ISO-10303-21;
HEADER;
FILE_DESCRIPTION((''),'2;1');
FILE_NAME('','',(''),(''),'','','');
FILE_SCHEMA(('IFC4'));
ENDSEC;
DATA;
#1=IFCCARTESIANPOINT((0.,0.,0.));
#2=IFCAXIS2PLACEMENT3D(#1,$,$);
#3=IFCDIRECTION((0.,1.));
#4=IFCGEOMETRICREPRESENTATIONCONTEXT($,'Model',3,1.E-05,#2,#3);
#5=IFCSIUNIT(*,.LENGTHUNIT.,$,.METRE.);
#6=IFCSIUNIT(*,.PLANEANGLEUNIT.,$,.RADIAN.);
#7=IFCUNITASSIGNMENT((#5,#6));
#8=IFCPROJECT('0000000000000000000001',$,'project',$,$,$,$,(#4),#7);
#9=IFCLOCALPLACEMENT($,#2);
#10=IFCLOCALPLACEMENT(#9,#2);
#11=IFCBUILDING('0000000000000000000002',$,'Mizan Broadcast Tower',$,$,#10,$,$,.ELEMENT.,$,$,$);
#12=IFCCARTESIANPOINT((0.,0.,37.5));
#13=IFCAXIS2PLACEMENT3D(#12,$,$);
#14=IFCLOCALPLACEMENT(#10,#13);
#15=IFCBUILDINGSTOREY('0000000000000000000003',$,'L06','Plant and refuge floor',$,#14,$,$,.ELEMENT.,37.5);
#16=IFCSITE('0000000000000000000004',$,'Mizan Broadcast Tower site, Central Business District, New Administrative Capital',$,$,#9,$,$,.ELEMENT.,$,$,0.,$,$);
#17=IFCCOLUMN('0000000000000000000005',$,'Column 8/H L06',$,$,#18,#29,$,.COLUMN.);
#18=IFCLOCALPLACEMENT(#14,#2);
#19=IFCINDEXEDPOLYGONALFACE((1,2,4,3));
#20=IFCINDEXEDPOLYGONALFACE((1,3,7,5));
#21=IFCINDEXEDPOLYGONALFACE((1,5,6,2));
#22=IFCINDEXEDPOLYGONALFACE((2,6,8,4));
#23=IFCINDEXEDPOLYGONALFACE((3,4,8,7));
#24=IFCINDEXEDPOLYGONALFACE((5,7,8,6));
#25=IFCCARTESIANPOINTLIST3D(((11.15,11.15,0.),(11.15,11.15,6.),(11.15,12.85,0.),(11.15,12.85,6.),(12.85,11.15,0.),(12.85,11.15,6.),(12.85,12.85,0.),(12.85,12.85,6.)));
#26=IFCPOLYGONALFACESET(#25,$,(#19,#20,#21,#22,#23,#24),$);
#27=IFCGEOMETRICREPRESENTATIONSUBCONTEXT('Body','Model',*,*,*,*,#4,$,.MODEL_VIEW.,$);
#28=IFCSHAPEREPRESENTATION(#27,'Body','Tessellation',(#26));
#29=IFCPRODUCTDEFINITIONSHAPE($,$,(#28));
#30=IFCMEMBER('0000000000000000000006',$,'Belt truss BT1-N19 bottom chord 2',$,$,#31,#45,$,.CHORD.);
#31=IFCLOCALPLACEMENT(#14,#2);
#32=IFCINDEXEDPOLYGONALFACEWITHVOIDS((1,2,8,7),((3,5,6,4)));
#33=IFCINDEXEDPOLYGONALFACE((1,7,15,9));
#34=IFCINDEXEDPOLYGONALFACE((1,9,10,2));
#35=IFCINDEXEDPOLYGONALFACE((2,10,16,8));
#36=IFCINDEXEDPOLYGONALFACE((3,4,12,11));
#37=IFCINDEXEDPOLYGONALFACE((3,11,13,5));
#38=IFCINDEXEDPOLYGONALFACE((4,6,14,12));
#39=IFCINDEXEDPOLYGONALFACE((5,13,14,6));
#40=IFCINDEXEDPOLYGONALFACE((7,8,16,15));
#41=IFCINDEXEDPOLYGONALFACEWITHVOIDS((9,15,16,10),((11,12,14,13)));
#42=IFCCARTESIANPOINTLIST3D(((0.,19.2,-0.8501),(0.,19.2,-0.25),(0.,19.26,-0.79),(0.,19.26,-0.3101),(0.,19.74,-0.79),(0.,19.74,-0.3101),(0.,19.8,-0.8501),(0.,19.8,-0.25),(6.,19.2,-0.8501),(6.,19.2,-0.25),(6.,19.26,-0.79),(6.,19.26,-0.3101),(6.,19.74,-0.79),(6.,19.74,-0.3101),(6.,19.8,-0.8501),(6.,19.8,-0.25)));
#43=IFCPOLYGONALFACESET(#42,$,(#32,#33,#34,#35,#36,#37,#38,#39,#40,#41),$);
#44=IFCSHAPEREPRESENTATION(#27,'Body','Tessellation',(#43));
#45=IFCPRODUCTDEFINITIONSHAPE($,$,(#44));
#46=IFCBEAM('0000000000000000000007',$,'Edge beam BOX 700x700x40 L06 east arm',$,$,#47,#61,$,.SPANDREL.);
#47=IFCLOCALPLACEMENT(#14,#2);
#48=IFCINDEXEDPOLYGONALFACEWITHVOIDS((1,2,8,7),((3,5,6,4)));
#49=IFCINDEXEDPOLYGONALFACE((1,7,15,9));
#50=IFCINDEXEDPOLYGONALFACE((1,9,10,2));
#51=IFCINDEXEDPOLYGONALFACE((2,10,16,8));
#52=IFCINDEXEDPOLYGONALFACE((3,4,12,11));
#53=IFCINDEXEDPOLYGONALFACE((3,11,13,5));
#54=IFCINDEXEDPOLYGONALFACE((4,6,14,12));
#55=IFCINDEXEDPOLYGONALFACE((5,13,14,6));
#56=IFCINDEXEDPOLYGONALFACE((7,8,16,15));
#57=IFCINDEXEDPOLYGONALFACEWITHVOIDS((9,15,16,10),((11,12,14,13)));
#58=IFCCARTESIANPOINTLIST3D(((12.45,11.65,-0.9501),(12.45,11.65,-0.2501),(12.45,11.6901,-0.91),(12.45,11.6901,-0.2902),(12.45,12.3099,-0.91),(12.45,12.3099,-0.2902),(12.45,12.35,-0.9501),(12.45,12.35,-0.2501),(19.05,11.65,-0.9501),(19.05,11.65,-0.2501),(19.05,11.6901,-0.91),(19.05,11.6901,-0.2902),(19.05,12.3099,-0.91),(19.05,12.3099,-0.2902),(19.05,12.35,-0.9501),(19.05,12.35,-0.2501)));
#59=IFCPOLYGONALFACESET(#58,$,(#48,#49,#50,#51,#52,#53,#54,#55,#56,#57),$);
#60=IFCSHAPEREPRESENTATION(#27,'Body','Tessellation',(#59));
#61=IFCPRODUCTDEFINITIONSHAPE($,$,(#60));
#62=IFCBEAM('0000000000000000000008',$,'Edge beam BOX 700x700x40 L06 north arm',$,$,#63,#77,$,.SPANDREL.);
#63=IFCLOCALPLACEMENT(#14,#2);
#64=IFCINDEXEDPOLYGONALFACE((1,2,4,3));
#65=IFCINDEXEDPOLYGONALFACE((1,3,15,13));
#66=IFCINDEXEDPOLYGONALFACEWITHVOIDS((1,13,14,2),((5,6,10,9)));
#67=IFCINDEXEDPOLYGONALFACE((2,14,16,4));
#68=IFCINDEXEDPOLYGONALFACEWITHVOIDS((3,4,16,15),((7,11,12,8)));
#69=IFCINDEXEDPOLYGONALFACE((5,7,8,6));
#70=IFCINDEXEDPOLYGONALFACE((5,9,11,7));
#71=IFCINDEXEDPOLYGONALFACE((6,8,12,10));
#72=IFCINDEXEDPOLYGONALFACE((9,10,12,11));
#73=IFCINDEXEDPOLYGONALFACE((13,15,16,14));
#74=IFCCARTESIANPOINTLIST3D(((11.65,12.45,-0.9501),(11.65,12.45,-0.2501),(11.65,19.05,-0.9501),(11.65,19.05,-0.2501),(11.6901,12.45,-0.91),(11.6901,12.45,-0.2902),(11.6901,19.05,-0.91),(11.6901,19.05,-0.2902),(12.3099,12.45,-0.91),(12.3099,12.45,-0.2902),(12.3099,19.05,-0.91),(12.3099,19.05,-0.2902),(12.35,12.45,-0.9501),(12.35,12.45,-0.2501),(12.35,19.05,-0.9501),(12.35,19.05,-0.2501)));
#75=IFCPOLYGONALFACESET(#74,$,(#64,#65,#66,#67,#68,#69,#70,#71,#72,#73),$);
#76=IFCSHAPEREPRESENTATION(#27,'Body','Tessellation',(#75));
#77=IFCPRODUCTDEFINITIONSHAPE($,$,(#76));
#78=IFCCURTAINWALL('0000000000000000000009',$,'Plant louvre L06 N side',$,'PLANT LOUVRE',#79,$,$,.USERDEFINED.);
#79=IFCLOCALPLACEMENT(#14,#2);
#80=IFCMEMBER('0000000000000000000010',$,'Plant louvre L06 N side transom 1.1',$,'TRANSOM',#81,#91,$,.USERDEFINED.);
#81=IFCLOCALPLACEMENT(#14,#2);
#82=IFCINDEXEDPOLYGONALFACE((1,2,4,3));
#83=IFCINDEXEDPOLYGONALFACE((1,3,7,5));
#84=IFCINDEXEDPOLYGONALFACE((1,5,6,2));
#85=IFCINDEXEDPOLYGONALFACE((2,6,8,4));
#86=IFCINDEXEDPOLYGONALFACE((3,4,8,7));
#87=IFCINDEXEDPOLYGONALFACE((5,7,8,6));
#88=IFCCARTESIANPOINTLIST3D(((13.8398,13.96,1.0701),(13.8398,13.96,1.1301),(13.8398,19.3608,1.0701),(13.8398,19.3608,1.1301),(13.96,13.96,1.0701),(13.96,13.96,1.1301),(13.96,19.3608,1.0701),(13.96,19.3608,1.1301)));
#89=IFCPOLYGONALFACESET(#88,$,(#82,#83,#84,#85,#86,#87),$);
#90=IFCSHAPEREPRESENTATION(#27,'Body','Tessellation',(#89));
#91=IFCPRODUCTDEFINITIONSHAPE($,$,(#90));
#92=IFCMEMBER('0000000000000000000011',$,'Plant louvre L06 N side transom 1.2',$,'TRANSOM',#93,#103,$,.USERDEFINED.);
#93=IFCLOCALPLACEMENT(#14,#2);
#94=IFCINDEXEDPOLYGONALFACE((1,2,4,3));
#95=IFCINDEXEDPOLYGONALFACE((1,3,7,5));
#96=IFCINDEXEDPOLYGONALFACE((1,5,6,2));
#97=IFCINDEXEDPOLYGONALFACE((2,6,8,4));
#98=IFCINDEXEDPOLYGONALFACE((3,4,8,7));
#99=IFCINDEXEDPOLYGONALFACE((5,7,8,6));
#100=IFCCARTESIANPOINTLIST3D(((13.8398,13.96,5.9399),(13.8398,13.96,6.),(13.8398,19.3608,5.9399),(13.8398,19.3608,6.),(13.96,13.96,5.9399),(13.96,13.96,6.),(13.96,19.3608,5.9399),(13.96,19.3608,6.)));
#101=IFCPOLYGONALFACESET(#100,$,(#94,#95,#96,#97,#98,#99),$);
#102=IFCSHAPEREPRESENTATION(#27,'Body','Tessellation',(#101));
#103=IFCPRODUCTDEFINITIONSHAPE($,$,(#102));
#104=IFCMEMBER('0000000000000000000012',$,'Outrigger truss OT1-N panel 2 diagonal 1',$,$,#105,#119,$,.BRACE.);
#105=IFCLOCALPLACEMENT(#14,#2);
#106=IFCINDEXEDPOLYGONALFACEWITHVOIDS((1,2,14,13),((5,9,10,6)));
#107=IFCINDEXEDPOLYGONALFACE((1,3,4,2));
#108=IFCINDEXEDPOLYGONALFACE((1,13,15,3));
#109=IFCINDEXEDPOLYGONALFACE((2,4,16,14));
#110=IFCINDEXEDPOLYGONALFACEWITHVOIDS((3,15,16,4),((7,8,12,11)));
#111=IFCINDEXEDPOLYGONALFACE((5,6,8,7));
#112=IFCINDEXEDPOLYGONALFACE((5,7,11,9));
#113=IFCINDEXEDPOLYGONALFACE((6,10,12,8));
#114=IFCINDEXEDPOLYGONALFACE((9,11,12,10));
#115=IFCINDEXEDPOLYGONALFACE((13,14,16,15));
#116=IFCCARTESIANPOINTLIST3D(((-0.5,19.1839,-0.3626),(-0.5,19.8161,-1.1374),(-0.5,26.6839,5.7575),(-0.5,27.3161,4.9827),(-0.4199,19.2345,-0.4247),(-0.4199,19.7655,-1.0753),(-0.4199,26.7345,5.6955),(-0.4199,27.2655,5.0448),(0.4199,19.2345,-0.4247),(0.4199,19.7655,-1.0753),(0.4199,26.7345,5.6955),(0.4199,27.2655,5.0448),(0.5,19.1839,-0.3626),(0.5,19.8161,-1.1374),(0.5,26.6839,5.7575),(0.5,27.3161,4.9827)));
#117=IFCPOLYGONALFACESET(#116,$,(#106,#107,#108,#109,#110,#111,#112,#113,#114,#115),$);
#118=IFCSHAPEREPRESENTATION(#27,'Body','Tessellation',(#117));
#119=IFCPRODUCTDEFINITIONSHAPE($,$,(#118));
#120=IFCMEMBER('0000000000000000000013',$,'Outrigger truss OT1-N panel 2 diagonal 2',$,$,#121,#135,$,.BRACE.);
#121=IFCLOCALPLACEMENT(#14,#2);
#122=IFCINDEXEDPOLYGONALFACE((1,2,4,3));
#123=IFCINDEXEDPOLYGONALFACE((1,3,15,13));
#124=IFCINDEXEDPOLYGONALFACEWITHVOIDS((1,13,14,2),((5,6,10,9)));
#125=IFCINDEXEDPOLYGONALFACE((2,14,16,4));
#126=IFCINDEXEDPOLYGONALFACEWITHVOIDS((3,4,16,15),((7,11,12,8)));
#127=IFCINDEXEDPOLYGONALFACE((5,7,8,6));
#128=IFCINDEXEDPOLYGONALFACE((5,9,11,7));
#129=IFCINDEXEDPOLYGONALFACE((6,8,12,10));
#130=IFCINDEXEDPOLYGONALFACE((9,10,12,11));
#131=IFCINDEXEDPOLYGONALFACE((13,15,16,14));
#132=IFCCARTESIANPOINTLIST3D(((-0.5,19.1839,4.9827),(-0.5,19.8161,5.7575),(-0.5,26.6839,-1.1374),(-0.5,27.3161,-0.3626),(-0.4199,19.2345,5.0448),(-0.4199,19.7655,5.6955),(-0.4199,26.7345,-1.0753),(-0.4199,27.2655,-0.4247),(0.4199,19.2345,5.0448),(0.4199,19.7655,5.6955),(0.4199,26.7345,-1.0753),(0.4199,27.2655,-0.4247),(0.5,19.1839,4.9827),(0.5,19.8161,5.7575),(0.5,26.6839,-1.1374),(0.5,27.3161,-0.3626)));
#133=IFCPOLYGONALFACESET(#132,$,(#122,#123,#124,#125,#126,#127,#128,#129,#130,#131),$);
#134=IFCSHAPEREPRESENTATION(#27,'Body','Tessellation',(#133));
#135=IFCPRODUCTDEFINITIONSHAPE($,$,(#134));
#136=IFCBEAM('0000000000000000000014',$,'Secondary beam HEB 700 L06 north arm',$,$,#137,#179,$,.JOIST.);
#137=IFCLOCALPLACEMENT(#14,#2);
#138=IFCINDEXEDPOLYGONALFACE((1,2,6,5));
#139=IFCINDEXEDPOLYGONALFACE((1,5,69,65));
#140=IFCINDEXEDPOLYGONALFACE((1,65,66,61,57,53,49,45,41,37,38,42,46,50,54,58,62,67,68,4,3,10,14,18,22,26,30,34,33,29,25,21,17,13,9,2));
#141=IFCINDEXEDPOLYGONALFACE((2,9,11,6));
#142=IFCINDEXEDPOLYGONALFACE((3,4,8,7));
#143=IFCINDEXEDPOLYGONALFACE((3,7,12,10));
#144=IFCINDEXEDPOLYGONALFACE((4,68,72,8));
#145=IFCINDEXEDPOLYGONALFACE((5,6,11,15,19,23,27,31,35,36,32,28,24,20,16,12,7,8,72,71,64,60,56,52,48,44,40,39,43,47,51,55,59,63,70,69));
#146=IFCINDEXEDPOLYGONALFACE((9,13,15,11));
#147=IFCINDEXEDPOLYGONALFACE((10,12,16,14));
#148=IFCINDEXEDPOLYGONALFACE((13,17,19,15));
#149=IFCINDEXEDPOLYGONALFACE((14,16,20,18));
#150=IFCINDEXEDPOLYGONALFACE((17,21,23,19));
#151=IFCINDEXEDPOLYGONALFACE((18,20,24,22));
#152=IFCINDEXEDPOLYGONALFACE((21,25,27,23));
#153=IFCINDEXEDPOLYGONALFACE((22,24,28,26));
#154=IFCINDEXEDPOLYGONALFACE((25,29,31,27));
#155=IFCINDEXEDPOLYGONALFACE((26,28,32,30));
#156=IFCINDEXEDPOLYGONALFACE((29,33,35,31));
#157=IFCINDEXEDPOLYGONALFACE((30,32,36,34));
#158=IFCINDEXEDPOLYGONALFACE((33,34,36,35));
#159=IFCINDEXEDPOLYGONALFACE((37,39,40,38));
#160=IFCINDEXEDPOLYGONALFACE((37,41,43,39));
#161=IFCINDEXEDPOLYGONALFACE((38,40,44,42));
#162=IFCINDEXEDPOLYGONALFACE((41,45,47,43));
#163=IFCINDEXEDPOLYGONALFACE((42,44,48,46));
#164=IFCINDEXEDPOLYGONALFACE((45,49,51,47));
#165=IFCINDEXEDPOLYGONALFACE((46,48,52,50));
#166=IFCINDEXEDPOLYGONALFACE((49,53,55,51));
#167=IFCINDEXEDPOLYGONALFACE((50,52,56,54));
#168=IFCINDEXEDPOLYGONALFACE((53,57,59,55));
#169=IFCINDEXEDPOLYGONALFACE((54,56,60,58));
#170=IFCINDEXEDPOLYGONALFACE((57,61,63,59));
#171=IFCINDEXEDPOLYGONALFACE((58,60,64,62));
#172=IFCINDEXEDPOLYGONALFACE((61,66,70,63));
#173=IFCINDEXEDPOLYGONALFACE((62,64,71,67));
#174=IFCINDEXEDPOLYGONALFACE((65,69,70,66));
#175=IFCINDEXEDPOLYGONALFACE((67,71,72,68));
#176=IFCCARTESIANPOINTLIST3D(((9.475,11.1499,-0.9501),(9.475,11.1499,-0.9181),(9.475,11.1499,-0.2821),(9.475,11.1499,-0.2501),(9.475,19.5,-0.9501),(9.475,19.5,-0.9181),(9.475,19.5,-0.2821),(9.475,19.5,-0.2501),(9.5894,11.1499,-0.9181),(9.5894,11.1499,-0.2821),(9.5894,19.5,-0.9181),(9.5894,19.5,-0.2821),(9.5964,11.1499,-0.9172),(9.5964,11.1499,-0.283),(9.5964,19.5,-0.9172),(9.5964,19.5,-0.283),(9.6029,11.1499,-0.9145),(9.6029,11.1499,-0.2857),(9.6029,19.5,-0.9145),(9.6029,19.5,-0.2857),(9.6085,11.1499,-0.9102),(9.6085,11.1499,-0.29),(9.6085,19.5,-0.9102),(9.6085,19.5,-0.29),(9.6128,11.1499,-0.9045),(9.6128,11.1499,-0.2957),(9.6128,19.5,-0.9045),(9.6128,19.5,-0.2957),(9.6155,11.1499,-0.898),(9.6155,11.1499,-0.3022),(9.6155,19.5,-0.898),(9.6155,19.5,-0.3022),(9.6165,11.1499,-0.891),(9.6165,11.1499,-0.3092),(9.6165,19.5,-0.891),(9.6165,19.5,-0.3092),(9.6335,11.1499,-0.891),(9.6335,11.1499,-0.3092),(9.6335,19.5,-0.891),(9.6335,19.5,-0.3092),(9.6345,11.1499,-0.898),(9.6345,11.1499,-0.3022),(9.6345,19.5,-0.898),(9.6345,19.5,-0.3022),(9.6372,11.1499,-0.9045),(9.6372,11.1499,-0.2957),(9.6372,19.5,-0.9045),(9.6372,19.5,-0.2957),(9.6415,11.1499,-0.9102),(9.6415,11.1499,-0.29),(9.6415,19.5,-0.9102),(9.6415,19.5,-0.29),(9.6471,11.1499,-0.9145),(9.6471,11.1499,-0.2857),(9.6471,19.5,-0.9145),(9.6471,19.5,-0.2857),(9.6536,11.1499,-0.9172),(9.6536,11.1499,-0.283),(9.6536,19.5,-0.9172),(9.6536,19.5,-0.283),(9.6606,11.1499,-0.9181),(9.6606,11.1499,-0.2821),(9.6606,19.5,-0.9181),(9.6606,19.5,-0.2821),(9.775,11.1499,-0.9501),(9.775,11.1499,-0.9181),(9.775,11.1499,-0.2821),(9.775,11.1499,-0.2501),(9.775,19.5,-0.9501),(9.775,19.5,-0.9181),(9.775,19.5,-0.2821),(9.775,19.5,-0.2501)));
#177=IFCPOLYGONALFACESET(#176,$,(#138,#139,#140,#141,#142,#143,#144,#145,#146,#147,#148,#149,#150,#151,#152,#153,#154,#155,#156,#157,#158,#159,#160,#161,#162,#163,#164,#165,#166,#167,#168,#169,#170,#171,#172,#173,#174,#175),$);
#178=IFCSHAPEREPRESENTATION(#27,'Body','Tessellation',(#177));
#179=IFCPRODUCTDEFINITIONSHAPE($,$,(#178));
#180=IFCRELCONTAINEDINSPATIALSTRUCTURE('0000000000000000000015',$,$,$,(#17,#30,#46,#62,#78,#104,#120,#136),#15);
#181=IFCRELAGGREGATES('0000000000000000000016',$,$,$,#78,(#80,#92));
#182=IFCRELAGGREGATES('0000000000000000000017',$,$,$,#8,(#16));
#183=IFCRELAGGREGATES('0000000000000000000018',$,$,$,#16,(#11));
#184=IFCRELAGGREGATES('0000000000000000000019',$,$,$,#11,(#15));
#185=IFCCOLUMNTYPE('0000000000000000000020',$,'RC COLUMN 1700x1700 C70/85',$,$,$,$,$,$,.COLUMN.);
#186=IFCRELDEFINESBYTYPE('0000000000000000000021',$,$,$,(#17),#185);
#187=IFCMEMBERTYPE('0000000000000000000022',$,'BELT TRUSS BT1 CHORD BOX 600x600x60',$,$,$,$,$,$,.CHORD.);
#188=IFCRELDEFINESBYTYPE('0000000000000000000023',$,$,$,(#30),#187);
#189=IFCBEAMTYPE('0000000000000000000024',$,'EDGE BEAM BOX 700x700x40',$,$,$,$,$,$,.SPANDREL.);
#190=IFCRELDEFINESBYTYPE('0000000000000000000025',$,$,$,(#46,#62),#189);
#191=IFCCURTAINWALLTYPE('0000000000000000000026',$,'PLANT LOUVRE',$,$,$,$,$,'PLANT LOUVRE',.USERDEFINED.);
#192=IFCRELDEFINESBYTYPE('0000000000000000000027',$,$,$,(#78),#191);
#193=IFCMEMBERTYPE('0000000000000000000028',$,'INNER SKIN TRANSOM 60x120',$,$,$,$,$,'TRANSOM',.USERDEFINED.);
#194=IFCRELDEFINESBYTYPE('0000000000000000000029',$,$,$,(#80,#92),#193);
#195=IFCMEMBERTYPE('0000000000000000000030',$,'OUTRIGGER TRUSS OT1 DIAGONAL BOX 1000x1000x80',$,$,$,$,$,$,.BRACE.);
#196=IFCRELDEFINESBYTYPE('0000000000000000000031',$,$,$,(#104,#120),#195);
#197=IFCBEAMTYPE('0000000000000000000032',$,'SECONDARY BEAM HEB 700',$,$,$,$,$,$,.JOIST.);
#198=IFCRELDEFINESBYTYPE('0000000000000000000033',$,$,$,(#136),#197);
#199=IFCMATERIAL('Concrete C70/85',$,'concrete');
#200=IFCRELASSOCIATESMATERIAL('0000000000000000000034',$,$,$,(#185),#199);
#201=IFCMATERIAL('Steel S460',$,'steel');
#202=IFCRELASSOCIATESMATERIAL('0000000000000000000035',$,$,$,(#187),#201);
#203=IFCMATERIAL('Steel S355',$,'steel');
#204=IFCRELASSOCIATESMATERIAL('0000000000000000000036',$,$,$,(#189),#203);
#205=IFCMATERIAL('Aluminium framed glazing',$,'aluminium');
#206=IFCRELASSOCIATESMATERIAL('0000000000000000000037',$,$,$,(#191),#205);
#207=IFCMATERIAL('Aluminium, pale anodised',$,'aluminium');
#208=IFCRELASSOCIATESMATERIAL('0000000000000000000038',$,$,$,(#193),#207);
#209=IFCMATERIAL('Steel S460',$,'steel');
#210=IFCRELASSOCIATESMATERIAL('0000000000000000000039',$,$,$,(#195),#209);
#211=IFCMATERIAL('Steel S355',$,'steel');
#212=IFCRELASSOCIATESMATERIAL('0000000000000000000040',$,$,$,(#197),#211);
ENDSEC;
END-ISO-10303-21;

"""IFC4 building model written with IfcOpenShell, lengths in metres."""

from ifc_helpers import new_model, si_unit, direction, frame, origin, origin_2d, place, context, subcontext, project, spatial, rectangle, hollow_rectangle, i_section, extrude, material, material_profile, profile_set, type_object, element, aggregate, save


model = new_model("IFC4")

# Units and contexts
model_context = context("Model", 3, precision=1e-05, world=origin(), true_north=direction((0.0, 1.0)))
body_context = subcontext(model_context, "Body", "Model", "MODEL_VIEW")
ifc_project = project(units=[si_unit("LENGTHUNIT", "METRE"), si_unit("PLANEANGLEUNIT", "RADIAN")], contexts=[model_context])

# Site, building, storey
site_placement = place(None, origin())
site = spatial("IfcSite", under=ifc_project, at=site_placement, Name="Mizan Broadcast Tower site, Central Business District, New Administrative Capital", CompositionType="ELEMENT", RefElevation=0.0)
building_placement = place(site_placement, origin())
building = spatial("IfcBuilding", under=site, at=building_placement, Name="Mizan Broadcast Tower", CompositionType="ELEMENT")
storey_placement = place(building_placement, frame((0.0, 0.0, 37.5)))
storey = spatial("IfcBuildingStorey", under=building, at=storey_placement, Name="L06", Description="Plant and refuge floor", CompositionType="ELEMENT", Elevation=37.5)

# Column
ifc_material_1 = material(Name="Concrete C70/85", Category="concrete")
ifc_material_profile_1 = material_profile(ifc_material_1, rectangle(XDim=1.7, YDim=1.7, at=origin_2d()), Name="RC 1700x1700")
ifc_profile_set_1 = profile_set([ifc_material_profile_1], Name="Concrete C70/85")
column_type = type_object("IfcColumnType", Name="RC COLUMN 1700x1700 C70/85", PredefinedType="COLUMN", material=ifc_profile_set_1)
column_placement = place(storey_placement, frame((12.0, 12.0, 0.0), z_axis=(0.0, 0.0, 1.0), x_axis=(1.0, 0.0, 0.0)))
element("IfcColumn", 1, at=column_placement, inside=storey, type_object=column_type, Name="Column 8/H L06", PredefinedType="COLUMN", context=body_context, shape_type="SweptSolid", body=[
    extrude(rectangle(XDim=1.7, YDim=1.7, at=origin_2d()), origin(), (0.0, 0.0, 1.0), 6.0),
])

# Member
ifc_material_2 = material(Name="Steel S460", Category="steel")
ifc_material_profile_2 = material_profile(ifc_material_2, hollow_rectangle(XDim=0.6001, YDim=0.6001, WallThickness=0.0601, at=origin_2d()), Name="BOX 600x600x60")
ifc_profile_set_2 = profile_set([ifc_material_profile_2], Name="Steel S460")
member_type_1 = type_object("IfcMemberType", Name="BELT TRUSS BT1 CHORD BOX 600x600x60", PredefinedType="CHORD", material=ifc_profile_set_2)
member_1_placement = place(storey_placement, frame((6.0, 19.5, -0.55), z_axis=(-1.0, 0.0, 0.0), x_axis=(0.0, -1.0, 0.0)))
element("IfcMember", 2, at=member_1_placement, inside=storey, type_object=member_type_1, Name="Belt truss BT1-N19 bottom chord 2", PredefinedType="CHORD", context=body_context, shape_type="SweptSolid", body=[
    extrude(hollow_rectangle(XDim=0.6001, YDim=0.6001, WallThickness=0.0601, at=origin_2d()), origin(), (0.0, 0.0, 1.0), 6.0),
])

# Beams
ifc_material_3 = material(Name="Steel S355", Category="steel")
ifc_material_profile_3 = material_profile(ifc_material_3, hollow_rectangle(XDim=0.7, YDim=0.7, WallThickness=0.04, at=origin_2d()), Name="BOX 700x700x40")
ifc_profile_set_3 = profile_set([ifc_material_profile_3], Name="Steel S355")
beam_type_1 = type_object("IfcBeamType", Name="EDGE BEAM BOX 700x700x40", PredefinedType="SPANDREL", material=ifc_profile_set_3)
for number, where, z_axis, x_axis, name in (
    (3, (12.45, 12.0, -0.6001), (1.0, 0.0, 0.0), (0.0, 1.0, 0.0), "Edge beam BOX 700x700x40 L06 east arm"),
    (4, (12.0, 12.45, -0.6001), (0.0, 1.0, 0.0), (-1.0, 0.0, 0.0), "Edge beam BOX 700x700x40 L06 north arm"),
):
    element("IfcBeam", number, at=place(storey_placement, frame(where, z_axis=z_axis, x_axis=x_axis)), inside=storey, type_object=beam_type_1, Name=name, PredefinedType="SPANDREL", context=body_context, shape_type="SweptSolid", body=[
        extrude(hollow_rectangle(XDim=0.7, YDim=0.7, WallThickness=0.04, at=origin_2d()), origin(), (0.0, 0.0, 1.0), 6.6001),
    ])

# Curtain wall, members
ifc_material_4 = material(Name="Aluminium framed glazing", Category="aluminium")
curtain_wall_type = type_object("IfcCurtainWallType", Name="PLANT LOUVRE", ElementType="PLANT LOUVRE", PredefinedType="USERDEFINED", material=ifc_material_4)
curtain_wall_placement = place(storey_placement, origin())
curtain_wall = element("IfcCurtainWall", 5, at=curtain_wall_placement, inside=storey, type_object=curtain_wall_type, Name="Plant louvre L06 N side", ObjectType="PLANT LOUVRE", PredefinedType="USERDEFINED")
ifc_material_5 = material(Name="Aluminium, pale anodised", Category="aluminium")
ifc_material_profile_4 = material_profile(ifc_material_5, rectangle(XDim=0.1201, YDim=0.0601, at=origin_2d()), Name="TRANSOM 120x60")
ifc_profile_set_4 = profile_set([ifc_material_profile_4], Name="Aluminium, pale anodised")
member_type_2 = type_object("IfcMemberType", Name="INNER SKIN TRANSOM 60x120", ElementType="TRANSOM", PredefinedType="USERDEFINED", material=ifc_profile_set_4)
member_2_placement = place(storey_placement, frame((13.8999, 13.96, 1.1001), z_axis=(0.0, 1.0, 0.0), x_axis=(-1.0, 0.0, 0.0)))
member_2 = element("IfcMember", 6, at=member_2_placement, type_object=member_type_2, Name="Plant louvre L06 N side transom 1.1", ObjectType="TRANSOM", PredefinedType="USERDEFINED", context=body_context, shape_type="SweptSolid", body=[
    extrude(rectangle(XDim=0.1201, YDim=0.0601, at=origin_2d()), origin(), (0.0, 0.0, 1.0), 5.4009),
])
member_3_placement = place(storey_placement, frame((13.8999, 13.96, 5.97), z_axis=(0.0, 1.0, 0.0), x_axis=(-1.0, 0.0, 0.0)))
member_3 = element("IfcMember", 7, at=member_3_placement, type_object=member_type_2, Name="Plant louvre L06 N side transom 1.2", ObjectType="TRANSOM", PredefinedType="USERDEFINED", context=body_context, shape_type="SweptSolid", body=[
    extrude(rectangle(XDim=0.1201, YDim=0.0601, at=origin_2d()), origin(), (0.0, 0.0, 1.0), 5.4009),
])

# Members
ifc_material_6 = material(Name="Steel S460", Category="steel")
ifc_material_profile_5 = material_profile(ifc_material_6, hollow_rectangle(XDim=1.0, YDim=1.0, WallThickness=0.0801, at=origin_2d()), Name="BOX 1000x1000x80")
ifc_profile_set_5 = profile_set([ifc_material_profile_5], Name="Steel S460")
member_type_3 = type_object("IfcMemberType", Name="OUTRIGGER TRUSS OT1 DIAGONAL BOX 1000x1000x80", PredefinedType="BRACE", material=ifc_profile_set_5)
for number, where, z_axis, x_axis, name in (
    (8, (0.0, 19.5, -0.75), (0.0, 0.774779, 0.632232), (-1.0, 0.0, 0.0), "Outrigger truss OT1-N panel 2 diagonal 1"),
    (9, (0.0, 19.5, 5.3701), (0.0, 0.774779, -0.632232), (-1.0, 0.0, 0.0), "Outrigger truss OT1-N panel 2 diagonal 2"),
):
    element("IfcMember", number, at=place(storey_placement, frame(where, z_axis=z_axis, x_axis=x_axis)), inside=storey, type_object=member_type_3, Name=name, PredefinedType="BRACE", context=body_context, shape_type="SweptSolid", body=[
        extrude(hollow_rectangle(XDim=1.0, YDim=1.0, WallThickness=0.0801, at=origin_2d()), origin(), (0.0, 0.0, 1.0), 9.6802),
    ])

# Beam
ifc_material_7 = material(Name="Steel S355", Category="steel")
ifc_material_profile_6 = material_profile(ifc_material_7, i_section(OverallWidth=0.3, OverallDepth=0.7, WebThickness=0.0171, FlangeThickness=0.032, FilletRadius=0.0271, at=origin_2d()), Name="HEB 700")
ifc_profile_set_6 = profile_set([ifc_material_profile_6], Name="Steel S355")
beam_type_2 = type_object("IfcBeamType", Name="SECONDARY BEAM HEB 700", PredefinedType="JOIST", material=ifc_profile_set_6)
for number, where, z_axis, x_axis, name in (
    (10, (9.625, 11.1499, -0.6001), (0.0, 1.0, 0.0), (-1.0, 0.0, 0.0), "Secondary beam HEB 700 L06 north arm"),
):
    element("IfcBeam", number, at=place(storey_placement, frame(where, z_axis=z_axis, x_axis=x_axis)), inside=storey, type_object=beam_type_2, Name=name, PredefinedType="JOIST", context=body_context, shape_type="SweptSolid", body=[
        extrude(i_section(OverallWidth=0.3, OverallDepth=0.7, WebThickness=0.0171, FlangeThickness=0.032, FilletRadius=0.0271, at=origin_2d()), origin(), (0.0, 0.0, 1.0), 8.3501),
    ])

aggregate(curtain_wall, [member_2, member_3])

save(model, "model.ifc")
